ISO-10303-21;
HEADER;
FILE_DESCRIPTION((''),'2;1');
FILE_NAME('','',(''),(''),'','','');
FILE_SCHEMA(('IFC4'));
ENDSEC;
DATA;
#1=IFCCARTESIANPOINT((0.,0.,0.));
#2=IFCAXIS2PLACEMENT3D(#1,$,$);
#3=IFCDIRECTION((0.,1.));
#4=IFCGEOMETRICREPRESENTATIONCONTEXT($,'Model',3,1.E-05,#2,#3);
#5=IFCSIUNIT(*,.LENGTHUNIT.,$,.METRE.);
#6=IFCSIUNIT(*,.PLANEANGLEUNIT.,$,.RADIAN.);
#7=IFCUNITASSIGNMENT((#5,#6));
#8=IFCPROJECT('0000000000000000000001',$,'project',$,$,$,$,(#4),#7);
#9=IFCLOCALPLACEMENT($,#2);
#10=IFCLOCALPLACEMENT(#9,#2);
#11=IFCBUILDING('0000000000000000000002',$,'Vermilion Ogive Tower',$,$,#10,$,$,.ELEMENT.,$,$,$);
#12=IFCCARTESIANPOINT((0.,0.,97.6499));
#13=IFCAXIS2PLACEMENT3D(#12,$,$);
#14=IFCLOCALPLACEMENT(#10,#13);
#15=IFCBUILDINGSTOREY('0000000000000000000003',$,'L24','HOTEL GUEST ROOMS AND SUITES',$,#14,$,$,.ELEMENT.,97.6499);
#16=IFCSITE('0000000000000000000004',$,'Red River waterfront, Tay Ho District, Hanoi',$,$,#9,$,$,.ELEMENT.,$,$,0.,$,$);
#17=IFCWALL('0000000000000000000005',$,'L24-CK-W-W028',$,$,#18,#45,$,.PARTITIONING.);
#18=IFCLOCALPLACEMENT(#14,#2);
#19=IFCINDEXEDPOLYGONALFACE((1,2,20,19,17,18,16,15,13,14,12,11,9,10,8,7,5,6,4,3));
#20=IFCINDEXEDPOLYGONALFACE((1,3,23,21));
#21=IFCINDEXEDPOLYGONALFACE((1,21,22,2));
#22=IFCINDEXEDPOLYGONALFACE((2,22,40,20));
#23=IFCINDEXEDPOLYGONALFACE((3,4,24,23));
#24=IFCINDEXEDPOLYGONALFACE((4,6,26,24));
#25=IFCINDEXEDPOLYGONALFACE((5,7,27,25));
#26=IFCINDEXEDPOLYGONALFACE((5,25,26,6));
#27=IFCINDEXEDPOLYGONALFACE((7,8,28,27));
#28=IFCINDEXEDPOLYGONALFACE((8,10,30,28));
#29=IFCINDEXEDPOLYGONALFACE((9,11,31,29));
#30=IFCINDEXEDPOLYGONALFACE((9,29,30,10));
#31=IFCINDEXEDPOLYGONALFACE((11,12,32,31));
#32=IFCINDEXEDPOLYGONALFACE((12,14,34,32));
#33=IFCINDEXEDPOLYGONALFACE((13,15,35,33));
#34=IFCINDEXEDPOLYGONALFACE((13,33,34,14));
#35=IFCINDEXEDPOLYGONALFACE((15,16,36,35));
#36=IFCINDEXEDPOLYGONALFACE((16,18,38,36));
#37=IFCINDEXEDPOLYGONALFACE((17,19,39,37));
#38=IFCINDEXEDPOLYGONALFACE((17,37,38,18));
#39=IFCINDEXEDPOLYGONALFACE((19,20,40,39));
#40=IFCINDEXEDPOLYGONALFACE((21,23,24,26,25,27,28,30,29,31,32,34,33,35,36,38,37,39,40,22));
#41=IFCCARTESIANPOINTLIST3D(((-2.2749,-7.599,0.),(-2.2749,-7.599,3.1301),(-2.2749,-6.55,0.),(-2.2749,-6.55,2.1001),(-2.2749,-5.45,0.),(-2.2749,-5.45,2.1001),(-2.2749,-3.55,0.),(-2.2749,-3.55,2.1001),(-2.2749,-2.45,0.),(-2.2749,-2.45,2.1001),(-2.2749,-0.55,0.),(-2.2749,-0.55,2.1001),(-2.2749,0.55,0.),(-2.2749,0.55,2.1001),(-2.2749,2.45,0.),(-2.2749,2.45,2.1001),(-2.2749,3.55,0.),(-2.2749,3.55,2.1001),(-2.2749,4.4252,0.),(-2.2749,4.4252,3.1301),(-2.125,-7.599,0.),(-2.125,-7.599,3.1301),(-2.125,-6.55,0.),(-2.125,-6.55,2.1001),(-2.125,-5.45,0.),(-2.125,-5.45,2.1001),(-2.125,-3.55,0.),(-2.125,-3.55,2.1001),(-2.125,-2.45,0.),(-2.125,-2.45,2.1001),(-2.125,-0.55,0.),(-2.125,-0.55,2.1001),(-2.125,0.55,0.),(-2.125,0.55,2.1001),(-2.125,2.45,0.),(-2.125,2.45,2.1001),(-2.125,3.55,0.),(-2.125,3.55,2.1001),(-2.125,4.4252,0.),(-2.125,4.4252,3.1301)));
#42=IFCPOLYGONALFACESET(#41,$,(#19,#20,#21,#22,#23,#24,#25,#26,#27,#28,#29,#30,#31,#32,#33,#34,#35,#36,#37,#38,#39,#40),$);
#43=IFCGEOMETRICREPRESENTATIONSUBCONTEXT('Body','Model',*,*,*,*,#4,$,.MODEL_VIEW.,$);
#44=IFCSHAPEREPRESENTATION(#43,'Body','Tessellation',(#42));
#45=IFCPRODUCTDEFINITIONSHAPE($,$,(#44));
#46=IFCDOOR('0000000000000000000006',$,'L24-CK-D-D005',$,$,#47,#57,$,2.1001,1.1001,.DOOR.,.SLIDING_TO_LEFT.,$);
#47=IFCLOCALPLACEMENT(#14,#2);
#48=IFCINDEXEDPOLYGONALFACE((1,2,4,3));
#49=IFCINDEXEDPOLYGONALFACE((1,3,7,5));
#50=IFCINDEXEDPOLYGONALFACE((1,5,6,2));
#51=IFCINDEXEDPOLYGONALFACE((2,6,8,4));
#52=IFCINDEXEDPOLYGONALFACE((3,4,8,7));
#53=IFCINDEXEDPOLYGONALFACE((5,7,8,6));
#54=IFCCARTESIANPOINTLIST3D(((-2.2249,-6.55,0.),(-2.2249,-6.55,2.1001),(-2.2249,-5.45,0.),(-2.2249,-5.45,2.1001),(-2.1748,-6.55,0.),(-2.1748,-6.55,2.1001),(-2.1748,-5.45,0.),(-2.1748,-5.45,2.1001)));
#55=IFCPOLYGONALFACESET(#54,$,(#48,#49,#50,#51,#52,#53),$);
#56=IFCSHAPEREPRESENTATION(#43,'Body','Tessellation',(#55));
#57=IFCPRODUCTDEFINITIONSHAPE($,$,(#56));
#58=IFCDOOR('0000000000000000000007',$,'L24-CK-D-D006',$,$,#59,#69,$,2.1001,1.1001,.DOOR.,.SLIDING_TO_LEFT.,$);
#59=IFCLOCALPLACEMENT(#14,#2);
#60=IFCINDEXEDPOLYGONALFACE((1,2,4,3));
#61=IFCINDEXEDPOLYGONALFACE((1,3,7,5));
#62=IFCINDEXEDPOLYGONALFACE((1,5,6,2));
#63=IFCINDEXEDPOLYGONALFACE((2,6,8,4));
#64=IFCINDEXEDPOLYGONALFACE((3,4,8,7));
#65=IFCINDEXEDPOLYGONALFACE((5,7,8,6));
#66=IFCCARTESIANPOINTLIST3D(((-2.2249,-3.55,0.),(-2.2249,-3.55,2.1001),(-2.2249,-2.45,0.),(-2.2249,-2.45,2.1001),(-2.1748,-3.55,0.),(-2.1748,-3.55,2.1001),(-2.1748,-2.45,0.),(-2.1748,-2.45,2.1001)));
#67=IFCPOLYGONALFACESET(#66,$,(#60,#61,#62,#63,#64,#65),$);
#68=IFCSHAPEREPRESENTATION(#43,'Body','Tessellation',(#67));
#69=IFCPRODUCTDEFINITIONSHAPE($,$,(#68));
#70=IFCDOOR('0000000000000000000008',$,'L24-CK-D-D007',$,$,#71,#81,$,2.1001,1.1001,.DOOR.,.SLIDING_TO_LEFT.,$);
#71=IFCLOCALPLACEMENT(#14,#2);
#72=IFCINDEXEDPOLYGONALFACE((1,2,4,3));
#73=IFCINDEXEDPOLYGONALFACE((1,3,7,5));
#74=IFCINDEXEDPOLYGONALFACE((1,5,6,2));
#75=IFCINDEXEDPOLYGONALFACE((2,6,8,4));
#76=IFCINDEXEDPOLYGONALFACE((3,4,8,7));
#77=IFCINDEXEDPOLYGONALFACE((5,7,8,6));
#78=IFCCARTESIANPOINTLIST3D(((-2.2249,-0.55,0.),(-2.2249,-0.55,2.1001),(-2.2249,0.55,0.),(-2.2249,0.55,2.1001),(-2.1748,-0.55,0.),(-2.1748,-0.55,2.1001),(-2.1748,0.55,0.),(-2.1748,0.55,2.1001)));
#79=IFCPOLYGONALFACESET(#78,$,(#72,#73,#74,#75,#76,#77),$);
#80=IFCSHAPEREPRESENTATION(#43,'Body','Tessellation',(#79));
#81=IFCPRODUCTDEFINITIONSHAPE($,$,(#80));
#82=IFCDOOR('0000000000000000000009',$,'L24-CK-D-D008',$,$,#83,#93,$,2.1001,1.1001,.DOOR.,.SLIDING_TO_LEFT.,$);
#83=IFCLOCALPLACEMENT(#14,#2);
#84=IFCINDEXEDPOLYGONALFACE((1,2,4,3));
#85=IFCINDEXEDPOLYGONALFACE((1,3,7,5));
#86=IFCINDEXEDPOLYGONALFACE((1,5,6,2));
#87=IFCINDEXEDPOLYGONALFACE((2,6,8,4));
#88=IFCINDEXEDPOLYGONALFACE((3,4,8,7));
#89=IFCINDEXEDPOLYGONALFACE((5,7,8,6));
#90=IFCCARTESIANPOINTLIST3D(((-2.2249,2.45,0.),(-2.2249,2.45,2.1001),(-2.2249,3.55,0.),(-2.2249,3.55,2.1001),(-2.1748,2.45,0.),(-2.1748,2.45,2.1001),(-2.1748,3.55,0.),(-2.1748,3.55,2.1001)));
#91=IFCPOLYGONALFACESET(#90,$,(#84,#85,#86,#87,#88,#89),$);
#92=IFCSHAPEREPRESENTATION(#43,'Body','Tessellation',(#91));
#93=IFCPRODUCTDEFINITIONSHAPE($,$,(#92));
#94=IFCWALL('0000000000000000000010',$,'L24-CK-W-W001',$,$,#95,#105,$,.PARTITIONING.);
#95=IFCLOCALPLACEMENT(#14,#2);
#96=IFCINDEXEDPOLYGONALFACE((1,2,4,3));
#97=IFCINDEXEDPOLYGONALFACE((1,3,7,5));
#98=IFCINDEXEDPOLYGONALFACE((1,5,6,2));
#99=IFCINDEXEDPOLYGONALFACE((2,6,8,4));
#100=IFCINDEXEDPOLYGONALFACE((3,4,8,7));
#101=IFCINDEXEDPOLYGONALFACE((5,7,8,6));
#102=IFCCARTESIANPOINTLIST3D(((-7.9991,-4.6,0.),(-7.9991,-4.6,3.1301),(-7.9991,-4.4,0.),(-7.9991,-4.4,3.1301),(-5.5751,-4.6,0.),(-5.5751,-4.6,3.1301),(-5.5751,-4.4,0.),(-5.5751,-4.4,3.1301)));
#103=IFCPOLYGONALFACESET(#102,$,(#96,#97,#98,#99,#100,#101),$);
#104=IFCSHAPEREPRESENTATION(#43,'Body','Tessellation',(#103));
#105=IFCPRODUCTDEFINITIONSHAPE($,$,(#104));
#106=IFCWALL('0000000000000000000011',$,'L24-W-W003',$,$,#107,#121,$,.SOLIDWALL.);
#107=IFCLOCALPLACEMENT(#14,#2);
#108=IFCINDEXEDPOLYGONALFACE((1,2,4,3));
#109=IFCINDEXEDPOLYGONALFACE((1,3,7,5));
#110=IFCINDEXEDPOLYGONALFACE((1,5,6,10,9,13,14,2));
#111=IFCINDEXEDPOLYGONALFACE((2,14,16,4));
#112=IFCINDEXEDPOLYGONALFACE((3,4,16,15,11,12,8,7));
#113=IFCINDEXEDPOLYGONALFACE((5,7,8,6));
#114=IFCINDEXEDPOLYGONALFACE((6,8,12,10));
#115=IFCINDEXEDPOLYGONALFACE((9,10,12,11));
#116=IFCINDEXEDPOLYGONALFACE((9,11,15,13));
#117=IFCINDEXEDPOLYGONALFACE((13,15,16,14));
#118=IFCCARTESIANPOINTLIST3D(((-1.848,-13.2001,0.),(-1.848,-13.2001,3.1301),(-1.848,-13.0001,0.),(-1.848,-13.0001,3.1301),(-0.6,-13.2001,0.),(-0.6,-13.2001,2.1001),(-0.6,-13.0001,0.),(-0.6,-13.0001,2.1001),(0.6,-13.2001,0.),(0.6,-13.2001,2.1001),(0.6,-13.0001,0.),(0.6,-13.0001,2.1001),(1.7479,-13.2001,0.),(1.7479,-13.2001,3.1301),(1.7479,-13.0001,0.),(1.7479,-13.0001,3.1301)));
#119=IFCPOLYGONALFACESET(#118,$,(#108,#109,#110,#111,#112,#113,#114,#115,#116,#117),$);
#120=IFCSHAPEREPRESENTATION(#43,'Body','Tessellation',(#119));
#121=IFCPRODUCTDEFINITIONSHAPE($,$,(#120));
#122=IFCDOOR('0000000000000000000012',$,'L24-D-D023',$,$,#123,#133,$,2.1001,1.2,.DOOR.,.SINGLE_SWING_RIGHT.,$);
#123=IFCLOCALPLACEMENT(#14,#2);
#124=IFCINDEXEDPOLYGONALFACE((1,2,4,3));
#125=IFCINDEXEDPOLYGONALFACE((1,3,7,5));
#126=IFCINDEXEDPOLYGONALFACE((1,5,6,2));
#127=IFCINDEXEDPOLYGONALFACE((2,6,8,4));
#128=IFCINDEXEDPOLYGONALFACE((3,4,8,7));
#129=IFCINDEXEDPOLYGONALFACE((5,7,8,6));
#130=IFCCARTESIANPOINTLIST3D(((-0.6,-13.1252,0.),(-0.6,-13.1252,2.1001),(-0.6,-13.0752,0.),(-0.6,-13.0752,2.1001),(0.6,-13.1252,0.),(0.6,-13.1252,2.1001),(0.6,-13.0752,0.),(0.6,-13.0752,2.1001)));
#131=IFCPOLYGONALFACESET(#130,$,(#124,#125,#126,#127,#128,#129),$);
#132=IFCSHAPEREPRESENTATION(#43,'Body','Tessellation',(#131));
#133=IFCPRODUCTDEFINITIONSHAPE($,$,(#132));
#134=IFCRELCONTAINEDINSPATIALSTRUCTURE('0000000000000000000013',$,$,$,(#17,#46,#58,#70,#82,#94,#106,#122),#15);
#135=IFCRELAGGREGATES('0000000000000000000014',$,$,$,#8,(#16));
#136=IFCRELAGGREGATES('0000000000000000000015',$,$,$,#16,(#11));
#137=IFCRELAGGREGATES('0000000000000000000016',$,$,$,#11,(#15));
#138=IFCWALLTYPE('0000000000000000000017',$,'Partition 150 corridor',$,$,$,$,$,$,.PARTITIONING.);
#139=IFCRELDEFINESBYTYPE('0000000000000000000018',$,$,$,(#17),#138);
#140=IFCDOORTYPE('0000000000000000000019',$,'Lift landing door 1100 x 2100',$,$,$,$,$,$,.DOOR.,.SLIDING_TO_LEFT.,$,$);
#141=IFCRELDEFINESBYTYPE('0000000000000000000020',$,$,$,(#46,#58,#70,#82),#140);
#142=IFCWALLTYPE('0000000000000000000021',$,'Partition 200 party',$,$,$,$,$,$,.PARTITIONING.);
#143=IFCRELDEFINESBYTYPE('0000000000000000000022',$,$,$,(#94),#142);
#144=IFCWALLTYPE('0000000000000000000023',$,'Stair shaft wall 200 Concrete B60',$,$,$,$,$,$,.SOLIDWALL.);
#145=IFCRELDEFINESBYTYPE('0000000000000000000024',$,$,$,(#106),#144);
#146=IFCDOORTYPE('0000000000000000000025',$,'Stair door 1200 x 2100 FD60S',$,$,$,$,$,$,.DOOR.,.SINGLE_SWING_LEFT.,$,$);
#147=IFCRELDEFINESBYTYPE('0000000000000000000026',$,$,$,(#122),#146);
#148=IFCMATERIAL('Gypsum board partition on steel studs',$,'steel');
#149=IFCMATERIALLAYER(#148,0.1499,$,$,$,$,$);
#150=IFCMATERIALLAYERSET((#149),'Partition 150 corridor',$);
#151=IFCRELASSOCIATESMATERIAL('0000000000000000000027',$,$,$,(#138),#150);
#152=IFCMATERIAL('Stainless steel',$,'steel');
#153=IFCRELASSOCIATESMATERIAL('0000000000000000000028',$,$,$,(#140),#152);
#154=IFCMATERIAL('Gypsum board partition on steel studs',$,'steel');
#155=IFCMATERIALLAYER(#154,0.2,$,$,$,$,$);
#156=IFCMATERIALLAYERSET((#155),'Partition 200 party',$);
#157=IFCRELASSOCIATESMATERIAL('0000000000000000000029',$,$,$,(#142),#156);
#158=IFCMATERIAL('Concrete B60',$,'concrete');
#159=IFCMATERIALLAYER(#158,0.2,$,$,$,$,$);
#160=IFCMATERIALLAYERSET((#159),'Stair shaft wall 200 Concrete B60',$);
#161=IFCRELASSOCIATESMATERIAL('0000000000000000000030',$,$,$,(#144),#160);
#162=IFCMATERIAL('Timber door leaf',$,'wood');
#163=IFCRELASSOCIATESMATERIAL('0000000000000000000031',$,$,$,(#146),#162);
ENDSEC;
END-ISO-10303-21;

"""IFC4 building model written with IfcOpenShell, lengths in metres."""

from ifc_helpers import new_model, si_unit, direction, frame, frame_2d, origin, place, context, subcontext, project, spatial, rectangle, extrude, material, layer, layer_set, type_object, element, fill, save


model = new_model("IFC4")

# Units and contexts
model_context = context("Model", 3, precision=1e-05, world=origin(), true_north=direction((0.0, 1.0)))
body_context = subcontext(model_context, "Body", "Model", "MODEL_VIEW")
ifc_project = project(units=[si_unit("LENGTHUNIT", "METRE"), si_unit("PLANEANGLEUNIT", "RADIAN")], contexts=[model_context])

# Site, building, storey
site_placement = place(None, origin())
site = spatial("IfcSite", under=ifc_project, at=site_placement, Name="Red River waterfront, Tay Ho District, Hanoi", CompositionType="ELEMENT", RefElevation=0.0)
building_placement = place(site_placement, origin())
building = spatial("IfcBuilding", under=site, at=building_placement, Name="Vermilion Ogive Tower", CompositionType="ELEMENT")
storey_placement = place(building_placement, frame((0.0, 0.0, 97.6499)))
storey = spatial("IfcBuildingStorey", under=building, at=storey_placement, Name="L24", Description="HOTEL GUEST ROOMS AND SUITES", CompositionType="ELEMENT", Elevation=97.6499)

# Shared definitions
ifc_material_1 = material(Name="Gypsum board partition on steel studs", Category="steel")
ifc_layer_1 = layer(ifc_material_1, 0.1499)
ifc_layer_set_1 = layer_set([ifc_layer_1], Name="Partition 150 corridor")
wall_type_1 = type_object("IfcWallType", Name="Partition 150 corridor", PredefinedType="PARTITIONING", material=ifc_layer_set_1)

# Wall, openings, doors
ifc_material_2 = material(Name="Stainless steel", Category="steel")
door_type_1 = type_object("IfcDoorType", Name="Lift landing door 1100 x 2100", OperationType="SLIDING_TO_LEFT", PredefinedType="DOOR", material=ifc_material_2)
wall_1_placement = place(storey_placement, frame((-2.2, -7.5991, 0.0), z_axis=(0.0, 0.0, 1.0), x_axis=(0.0, 1.0, 0.0)))
wall_1 = element("IfcWall", 1, at=wall_1_placement, inside=storey, type_object=wall_type_1, Name="L24-CK-W-W028", PredefinedType="PARTITIONING", context=body_context, shape_type="SweptSolid", body=[
    extrude(rectangle(XDim=12.0242, YDim=0.1499, at=frame_2d((6.0122, 0.0))), origin(), (0.0, 0.0, 1.0), 3.1301),
])
opening_1_placement = place(wall_1_placement, frame((1.0491, 0.0, 0.0)))
opening_1 = element("IfcOpeningElement", 2, at=opening_1_placement, cuts=wall_1, PredefinedType="OPENING", context=body_context, shape_type="SweptSolid", body=[
    extrude(rectangle(XDim=1.1001, YDim=2.1001, at=frame_2d((0.55, 1.05))), frame((0.0, 0.085, 0.0), z_axis=(0.0, -1.0, 0.0), x_axis=(1.0, 0.0, 0.0)), (0.0, 0.0, 1.0), 0.1699),
])
opening_2_placement = place(wall_1_placement, frame((4.0491, 0.0, 0.0)))
opening_2 = element("IfcOpeningElement", 3, at=opening_2_placement, cuts=wall_1, PredefinedType="OPENING", context=body_context, shape_type="SweptSolid", body=[
    extrude(rectangle(XDim=1.1001, YDim=2.1001, at=frame_2d((0.55, 1.05))), frame((0.0, 0.085, 0.0), z_axis=(0.0, -1.0, 0.0), x_axis=(1.0, 0.0, 0.0)), (0.0, 0.0, 1.0), 0.1699),
])
opening_3_placement = place(wall_1_placement, frame((7.0491, 0.0, 0.0)))
opening_3 = element("IfcOpeningElement", 4, at=opening_3_placement, cuts=wall_1, PredefinedType="OPENING", context=body_context, shape_type="SweptSolid", body=[
    extrude(rectangle(XDim=1.1001, YDim=2.1001, at=frame_2d((0.55, 1.05))), frame((0.0, 0.085, 0.0), z_axis=(0.0, -1.0, 0.0), x_axis=(1.0, 0.0, 0.0)), (0.0, 0.0, 1.0), 0.1699),
])
opening_4_placement = place(wall_1_placement, frame((10.0491, 0.0, 0.0)))
opening_4 = element("IfcOpeningElement", 5, at=opening_4_placement, cuts=wall_1, PredefinedType="OPENING", context=body_context, shape_type="SweptSolid", body=[
    extrude(rectangle(XDim=1.1001, YDim=2.1001, at=frame_2d((0.55, 1.05))), frame((0.0, 0.085, 0.0), z_axis=(0.0, -1.0, 0.0), x_axis=(1.0, 0.0, 0.0)), (0.0, 0.0, 1.0), 0.1699),
])
door_1_placement = place(opening_1_placement, origin())
door_1 = element("IfcDoor", 6, at=door_1_placement, inside=storey, type_object=door_type_1, Name="L24-CK-D-D005", OperationType="SLIDING_TO_LEFT", OverallHeight=2.1001, OverallWidth=1.1001, PredefinedType="DOOR", context=body_context, shape_type="SweptSolid", body=[
    extrude(rectangle(XDim=1.1001, YDim=2.1001, at=frame_2d((0.55, 1.05))), frame((0.0, 0.0249, 0.0), z_axis=(0.0, -1.0, 0.0), x_axis=(1.0, 0.0, 0.0)), (0.0, 0.0, 1.0), 0.05),
])
fill(opening_1, door_1)
door_2_placement = place(opening_2_placement, origin())
door_2 = element("IfcDoor", 7, at=door_2_placement, inside=storey, type_object=door_type_1, Name="L24-CK-D-D006", OperationType="SLIDING_TO_LEFT", OverallHeight=2.1001, OverallWidth=1.1001, PredefinedType="DOOR", context=body_context, shape_type="SweptSolid", body=[
    extrude(rectangle(XDim=1.1001, YDim=2.1001, at=frame_2d((0.55, 1.05))), frame((0.0, 0.0249, 0.0), z_axis=(0.0, -1.0, 0.0), x_axis=(1.0, 0.0, 0.0)), (0.0, 0.0, 1.0), 0.05),
])
fill(opening_2, door_2)
door_3_placement = place(opening_3_placement, origin())
door_3 = element("IfcDoor", 8, at=door_3_placement, inside=storey, type_object=door_type_1, Name="L24-CK-D-D007", OperationType="SLIDING_TO_LEFT", OverallHeight=2.1001, OverallWidth=1.1001, PredefinedType="DOOR", context=body_context, shape_type="SweptSolid", body=[
    extrude(rectangle(XDim=1.1001, YDim=2.1001, at=frame_2d((0.55, 1.05))), frame((0.0, 0.0249, 0.0), z_axis=(0.0, -1.0, 0.0), x_axis=(1.0, 0.0, 0.0)), (0.0, 0.0, 1.0), 0.05),
])
fill(opening_3, door_3)
door_4_placement = place(opening_4_placement, origin())
door_4 = element("IfcDoor", 9, at=door_4_placement, inside=storey, type_object=door_type_1, Name="L24-CK-D-D008", OperationType="SLIDING_TO_LEFT", OverallHeight=2.1001, OverallWidth=1.1001, PredefinedType="DOOR", context=body_context, shape_type="SweptSolid", body=[
    extrude(rectangle(XDim=1.1001, YDim=2.1001, at=frame_2d((0.55, 1.05))), frame((0.0, 0.0249, 0.0), z_axis=(0.0, -1.0, 0.0), x_axis=(1.0, 0.0, 0.0)), (0.0, 0.0, 1.0), 0.05),
])
fill(opening_4, door_4)

# Wall
ifc_material_3 = material(Name="Gypsum board partition on steel studs", Category="steel")
ifc_layer_2 = layer(ifc_material_3, 0.2)
ifc_layer_set_2 = layer_set([ifc_layer_2], Name="Partition 200 party")
wall_type_2 = type_object("IfcWallType", Name="Partition 200 party", PredefinedType="PARTITIONING", material=ifc_layer_set_2)
wall_2_placement = place(storey_placement, frame((-7.999, -4.5, 0.0), z_axis=(0.0, 0.0, 1.0), x_axis=(1.0, 0.0, 0.0)))
element("IfcWall", 10, at=wall_2_placement, inside=storey, type_object=wall_type_2, Name="L24-CK-W-W001", PredefinedType="PARTITIONING", context=body_context, shape_type="SweptSolid", body=[
    extrude(rectangle(XDim=2.4241, YDim=0.2, at=frame_2d((1.2119, 0.0))), origin(), (0.0, 0.0, 1.0), 3.1301),
])

# Wall, opening, door
ifc_material_4 = material(Name="Concrete B60", Category="concrete")
ifc_layer_3 = layer(ifc_material_4, 0.2)
ifc_layer_set_3 = layer_set([ifc_layer_3], Name="Stair shaft wall 200 Concrete B60")
wall_type_3 = type_object("IfcWallType", Name="Stair shaft wall 200 Concrete B60", PredefinedType="SOLIDWALL", material=ifc_layer_set_3)
wall_3_placement = place(storey_placement, frame((-1.8479, -13.1001, 0.0), z_axis=(0.0, 0.0, 1.0), x_axis=(1.0, 0.0, 0.0)))
wall_3 = element("IfcWall", 11, at=wall_3_placement, inside=storey, type_object=wall_type_3, Name="L24-W-W003", PredefinedType="SOLIDWALL", context=body_context, shape_type="SweptSolid", body=[
    extrude(rectangle(XDim=3.5959, YDim=0.2, at=frame_2d((1.7979, 0.0))), origin(), (0.0, 0.0, 1.0), 3.1301),
])
opening_5_placement = place(wall_3_placement, frame((1.2478, 0.0, 0.0)))
opening_5 = element("IfcOpeningElement", 12, at=opening_5_placement, cuts=wall_3, PredefinedType="OPENING", context=body_context, shape_type="SweptSolid", body=[
    extrude(rectangle(XDim=1.2, YDim=2.1001, at=frame_2d((0.6001, 1.05))), frame((0.0, 0.1099, 0.0), z_axis=(0.0, -1.0, 0.0), x_axis=(1.0, 0.0, 0.0)), (0.0, 0.0, 1.0), 0.22),
])
ifc_material_5 = material(Name="Timber door leaf", Category="wood")
door_type_2 = type_object("IfcDoorType", Name="Stair door 1200 x 2100 FD60S", OperationType="SINGLE_SWING_LEFT", PredefinedType="DOOR", material=ifc_material_5)
door_5_placement = place(opening_5_placement, origin())
door_5 = element("IfcDoor", 13, at=door_5_placement, inside=storey, type_object=door_type_2, Name="L24-D-D023", OperationType="SINGLE_SWING_RIGHT", OverallHeight=2.1001, OverallWidth=1.2, PredefinedType="DOOR", context=body_context, shape_type="SweptSolid", body=[
    extrude(rectangle(XDim=1.2, YDim=2.1001, at=frame_2d((0.6001, 1.05))), frame((0.0, 0.0249, 0.0), z_axis=(0.0, -1.0, 0.0), x_axis=(1.0, 0.0, 0.0)), (0.0, 0.0, 1.0), 0.05),
])
fill(opening_5, door_5)

save(model, "model.ifc")
